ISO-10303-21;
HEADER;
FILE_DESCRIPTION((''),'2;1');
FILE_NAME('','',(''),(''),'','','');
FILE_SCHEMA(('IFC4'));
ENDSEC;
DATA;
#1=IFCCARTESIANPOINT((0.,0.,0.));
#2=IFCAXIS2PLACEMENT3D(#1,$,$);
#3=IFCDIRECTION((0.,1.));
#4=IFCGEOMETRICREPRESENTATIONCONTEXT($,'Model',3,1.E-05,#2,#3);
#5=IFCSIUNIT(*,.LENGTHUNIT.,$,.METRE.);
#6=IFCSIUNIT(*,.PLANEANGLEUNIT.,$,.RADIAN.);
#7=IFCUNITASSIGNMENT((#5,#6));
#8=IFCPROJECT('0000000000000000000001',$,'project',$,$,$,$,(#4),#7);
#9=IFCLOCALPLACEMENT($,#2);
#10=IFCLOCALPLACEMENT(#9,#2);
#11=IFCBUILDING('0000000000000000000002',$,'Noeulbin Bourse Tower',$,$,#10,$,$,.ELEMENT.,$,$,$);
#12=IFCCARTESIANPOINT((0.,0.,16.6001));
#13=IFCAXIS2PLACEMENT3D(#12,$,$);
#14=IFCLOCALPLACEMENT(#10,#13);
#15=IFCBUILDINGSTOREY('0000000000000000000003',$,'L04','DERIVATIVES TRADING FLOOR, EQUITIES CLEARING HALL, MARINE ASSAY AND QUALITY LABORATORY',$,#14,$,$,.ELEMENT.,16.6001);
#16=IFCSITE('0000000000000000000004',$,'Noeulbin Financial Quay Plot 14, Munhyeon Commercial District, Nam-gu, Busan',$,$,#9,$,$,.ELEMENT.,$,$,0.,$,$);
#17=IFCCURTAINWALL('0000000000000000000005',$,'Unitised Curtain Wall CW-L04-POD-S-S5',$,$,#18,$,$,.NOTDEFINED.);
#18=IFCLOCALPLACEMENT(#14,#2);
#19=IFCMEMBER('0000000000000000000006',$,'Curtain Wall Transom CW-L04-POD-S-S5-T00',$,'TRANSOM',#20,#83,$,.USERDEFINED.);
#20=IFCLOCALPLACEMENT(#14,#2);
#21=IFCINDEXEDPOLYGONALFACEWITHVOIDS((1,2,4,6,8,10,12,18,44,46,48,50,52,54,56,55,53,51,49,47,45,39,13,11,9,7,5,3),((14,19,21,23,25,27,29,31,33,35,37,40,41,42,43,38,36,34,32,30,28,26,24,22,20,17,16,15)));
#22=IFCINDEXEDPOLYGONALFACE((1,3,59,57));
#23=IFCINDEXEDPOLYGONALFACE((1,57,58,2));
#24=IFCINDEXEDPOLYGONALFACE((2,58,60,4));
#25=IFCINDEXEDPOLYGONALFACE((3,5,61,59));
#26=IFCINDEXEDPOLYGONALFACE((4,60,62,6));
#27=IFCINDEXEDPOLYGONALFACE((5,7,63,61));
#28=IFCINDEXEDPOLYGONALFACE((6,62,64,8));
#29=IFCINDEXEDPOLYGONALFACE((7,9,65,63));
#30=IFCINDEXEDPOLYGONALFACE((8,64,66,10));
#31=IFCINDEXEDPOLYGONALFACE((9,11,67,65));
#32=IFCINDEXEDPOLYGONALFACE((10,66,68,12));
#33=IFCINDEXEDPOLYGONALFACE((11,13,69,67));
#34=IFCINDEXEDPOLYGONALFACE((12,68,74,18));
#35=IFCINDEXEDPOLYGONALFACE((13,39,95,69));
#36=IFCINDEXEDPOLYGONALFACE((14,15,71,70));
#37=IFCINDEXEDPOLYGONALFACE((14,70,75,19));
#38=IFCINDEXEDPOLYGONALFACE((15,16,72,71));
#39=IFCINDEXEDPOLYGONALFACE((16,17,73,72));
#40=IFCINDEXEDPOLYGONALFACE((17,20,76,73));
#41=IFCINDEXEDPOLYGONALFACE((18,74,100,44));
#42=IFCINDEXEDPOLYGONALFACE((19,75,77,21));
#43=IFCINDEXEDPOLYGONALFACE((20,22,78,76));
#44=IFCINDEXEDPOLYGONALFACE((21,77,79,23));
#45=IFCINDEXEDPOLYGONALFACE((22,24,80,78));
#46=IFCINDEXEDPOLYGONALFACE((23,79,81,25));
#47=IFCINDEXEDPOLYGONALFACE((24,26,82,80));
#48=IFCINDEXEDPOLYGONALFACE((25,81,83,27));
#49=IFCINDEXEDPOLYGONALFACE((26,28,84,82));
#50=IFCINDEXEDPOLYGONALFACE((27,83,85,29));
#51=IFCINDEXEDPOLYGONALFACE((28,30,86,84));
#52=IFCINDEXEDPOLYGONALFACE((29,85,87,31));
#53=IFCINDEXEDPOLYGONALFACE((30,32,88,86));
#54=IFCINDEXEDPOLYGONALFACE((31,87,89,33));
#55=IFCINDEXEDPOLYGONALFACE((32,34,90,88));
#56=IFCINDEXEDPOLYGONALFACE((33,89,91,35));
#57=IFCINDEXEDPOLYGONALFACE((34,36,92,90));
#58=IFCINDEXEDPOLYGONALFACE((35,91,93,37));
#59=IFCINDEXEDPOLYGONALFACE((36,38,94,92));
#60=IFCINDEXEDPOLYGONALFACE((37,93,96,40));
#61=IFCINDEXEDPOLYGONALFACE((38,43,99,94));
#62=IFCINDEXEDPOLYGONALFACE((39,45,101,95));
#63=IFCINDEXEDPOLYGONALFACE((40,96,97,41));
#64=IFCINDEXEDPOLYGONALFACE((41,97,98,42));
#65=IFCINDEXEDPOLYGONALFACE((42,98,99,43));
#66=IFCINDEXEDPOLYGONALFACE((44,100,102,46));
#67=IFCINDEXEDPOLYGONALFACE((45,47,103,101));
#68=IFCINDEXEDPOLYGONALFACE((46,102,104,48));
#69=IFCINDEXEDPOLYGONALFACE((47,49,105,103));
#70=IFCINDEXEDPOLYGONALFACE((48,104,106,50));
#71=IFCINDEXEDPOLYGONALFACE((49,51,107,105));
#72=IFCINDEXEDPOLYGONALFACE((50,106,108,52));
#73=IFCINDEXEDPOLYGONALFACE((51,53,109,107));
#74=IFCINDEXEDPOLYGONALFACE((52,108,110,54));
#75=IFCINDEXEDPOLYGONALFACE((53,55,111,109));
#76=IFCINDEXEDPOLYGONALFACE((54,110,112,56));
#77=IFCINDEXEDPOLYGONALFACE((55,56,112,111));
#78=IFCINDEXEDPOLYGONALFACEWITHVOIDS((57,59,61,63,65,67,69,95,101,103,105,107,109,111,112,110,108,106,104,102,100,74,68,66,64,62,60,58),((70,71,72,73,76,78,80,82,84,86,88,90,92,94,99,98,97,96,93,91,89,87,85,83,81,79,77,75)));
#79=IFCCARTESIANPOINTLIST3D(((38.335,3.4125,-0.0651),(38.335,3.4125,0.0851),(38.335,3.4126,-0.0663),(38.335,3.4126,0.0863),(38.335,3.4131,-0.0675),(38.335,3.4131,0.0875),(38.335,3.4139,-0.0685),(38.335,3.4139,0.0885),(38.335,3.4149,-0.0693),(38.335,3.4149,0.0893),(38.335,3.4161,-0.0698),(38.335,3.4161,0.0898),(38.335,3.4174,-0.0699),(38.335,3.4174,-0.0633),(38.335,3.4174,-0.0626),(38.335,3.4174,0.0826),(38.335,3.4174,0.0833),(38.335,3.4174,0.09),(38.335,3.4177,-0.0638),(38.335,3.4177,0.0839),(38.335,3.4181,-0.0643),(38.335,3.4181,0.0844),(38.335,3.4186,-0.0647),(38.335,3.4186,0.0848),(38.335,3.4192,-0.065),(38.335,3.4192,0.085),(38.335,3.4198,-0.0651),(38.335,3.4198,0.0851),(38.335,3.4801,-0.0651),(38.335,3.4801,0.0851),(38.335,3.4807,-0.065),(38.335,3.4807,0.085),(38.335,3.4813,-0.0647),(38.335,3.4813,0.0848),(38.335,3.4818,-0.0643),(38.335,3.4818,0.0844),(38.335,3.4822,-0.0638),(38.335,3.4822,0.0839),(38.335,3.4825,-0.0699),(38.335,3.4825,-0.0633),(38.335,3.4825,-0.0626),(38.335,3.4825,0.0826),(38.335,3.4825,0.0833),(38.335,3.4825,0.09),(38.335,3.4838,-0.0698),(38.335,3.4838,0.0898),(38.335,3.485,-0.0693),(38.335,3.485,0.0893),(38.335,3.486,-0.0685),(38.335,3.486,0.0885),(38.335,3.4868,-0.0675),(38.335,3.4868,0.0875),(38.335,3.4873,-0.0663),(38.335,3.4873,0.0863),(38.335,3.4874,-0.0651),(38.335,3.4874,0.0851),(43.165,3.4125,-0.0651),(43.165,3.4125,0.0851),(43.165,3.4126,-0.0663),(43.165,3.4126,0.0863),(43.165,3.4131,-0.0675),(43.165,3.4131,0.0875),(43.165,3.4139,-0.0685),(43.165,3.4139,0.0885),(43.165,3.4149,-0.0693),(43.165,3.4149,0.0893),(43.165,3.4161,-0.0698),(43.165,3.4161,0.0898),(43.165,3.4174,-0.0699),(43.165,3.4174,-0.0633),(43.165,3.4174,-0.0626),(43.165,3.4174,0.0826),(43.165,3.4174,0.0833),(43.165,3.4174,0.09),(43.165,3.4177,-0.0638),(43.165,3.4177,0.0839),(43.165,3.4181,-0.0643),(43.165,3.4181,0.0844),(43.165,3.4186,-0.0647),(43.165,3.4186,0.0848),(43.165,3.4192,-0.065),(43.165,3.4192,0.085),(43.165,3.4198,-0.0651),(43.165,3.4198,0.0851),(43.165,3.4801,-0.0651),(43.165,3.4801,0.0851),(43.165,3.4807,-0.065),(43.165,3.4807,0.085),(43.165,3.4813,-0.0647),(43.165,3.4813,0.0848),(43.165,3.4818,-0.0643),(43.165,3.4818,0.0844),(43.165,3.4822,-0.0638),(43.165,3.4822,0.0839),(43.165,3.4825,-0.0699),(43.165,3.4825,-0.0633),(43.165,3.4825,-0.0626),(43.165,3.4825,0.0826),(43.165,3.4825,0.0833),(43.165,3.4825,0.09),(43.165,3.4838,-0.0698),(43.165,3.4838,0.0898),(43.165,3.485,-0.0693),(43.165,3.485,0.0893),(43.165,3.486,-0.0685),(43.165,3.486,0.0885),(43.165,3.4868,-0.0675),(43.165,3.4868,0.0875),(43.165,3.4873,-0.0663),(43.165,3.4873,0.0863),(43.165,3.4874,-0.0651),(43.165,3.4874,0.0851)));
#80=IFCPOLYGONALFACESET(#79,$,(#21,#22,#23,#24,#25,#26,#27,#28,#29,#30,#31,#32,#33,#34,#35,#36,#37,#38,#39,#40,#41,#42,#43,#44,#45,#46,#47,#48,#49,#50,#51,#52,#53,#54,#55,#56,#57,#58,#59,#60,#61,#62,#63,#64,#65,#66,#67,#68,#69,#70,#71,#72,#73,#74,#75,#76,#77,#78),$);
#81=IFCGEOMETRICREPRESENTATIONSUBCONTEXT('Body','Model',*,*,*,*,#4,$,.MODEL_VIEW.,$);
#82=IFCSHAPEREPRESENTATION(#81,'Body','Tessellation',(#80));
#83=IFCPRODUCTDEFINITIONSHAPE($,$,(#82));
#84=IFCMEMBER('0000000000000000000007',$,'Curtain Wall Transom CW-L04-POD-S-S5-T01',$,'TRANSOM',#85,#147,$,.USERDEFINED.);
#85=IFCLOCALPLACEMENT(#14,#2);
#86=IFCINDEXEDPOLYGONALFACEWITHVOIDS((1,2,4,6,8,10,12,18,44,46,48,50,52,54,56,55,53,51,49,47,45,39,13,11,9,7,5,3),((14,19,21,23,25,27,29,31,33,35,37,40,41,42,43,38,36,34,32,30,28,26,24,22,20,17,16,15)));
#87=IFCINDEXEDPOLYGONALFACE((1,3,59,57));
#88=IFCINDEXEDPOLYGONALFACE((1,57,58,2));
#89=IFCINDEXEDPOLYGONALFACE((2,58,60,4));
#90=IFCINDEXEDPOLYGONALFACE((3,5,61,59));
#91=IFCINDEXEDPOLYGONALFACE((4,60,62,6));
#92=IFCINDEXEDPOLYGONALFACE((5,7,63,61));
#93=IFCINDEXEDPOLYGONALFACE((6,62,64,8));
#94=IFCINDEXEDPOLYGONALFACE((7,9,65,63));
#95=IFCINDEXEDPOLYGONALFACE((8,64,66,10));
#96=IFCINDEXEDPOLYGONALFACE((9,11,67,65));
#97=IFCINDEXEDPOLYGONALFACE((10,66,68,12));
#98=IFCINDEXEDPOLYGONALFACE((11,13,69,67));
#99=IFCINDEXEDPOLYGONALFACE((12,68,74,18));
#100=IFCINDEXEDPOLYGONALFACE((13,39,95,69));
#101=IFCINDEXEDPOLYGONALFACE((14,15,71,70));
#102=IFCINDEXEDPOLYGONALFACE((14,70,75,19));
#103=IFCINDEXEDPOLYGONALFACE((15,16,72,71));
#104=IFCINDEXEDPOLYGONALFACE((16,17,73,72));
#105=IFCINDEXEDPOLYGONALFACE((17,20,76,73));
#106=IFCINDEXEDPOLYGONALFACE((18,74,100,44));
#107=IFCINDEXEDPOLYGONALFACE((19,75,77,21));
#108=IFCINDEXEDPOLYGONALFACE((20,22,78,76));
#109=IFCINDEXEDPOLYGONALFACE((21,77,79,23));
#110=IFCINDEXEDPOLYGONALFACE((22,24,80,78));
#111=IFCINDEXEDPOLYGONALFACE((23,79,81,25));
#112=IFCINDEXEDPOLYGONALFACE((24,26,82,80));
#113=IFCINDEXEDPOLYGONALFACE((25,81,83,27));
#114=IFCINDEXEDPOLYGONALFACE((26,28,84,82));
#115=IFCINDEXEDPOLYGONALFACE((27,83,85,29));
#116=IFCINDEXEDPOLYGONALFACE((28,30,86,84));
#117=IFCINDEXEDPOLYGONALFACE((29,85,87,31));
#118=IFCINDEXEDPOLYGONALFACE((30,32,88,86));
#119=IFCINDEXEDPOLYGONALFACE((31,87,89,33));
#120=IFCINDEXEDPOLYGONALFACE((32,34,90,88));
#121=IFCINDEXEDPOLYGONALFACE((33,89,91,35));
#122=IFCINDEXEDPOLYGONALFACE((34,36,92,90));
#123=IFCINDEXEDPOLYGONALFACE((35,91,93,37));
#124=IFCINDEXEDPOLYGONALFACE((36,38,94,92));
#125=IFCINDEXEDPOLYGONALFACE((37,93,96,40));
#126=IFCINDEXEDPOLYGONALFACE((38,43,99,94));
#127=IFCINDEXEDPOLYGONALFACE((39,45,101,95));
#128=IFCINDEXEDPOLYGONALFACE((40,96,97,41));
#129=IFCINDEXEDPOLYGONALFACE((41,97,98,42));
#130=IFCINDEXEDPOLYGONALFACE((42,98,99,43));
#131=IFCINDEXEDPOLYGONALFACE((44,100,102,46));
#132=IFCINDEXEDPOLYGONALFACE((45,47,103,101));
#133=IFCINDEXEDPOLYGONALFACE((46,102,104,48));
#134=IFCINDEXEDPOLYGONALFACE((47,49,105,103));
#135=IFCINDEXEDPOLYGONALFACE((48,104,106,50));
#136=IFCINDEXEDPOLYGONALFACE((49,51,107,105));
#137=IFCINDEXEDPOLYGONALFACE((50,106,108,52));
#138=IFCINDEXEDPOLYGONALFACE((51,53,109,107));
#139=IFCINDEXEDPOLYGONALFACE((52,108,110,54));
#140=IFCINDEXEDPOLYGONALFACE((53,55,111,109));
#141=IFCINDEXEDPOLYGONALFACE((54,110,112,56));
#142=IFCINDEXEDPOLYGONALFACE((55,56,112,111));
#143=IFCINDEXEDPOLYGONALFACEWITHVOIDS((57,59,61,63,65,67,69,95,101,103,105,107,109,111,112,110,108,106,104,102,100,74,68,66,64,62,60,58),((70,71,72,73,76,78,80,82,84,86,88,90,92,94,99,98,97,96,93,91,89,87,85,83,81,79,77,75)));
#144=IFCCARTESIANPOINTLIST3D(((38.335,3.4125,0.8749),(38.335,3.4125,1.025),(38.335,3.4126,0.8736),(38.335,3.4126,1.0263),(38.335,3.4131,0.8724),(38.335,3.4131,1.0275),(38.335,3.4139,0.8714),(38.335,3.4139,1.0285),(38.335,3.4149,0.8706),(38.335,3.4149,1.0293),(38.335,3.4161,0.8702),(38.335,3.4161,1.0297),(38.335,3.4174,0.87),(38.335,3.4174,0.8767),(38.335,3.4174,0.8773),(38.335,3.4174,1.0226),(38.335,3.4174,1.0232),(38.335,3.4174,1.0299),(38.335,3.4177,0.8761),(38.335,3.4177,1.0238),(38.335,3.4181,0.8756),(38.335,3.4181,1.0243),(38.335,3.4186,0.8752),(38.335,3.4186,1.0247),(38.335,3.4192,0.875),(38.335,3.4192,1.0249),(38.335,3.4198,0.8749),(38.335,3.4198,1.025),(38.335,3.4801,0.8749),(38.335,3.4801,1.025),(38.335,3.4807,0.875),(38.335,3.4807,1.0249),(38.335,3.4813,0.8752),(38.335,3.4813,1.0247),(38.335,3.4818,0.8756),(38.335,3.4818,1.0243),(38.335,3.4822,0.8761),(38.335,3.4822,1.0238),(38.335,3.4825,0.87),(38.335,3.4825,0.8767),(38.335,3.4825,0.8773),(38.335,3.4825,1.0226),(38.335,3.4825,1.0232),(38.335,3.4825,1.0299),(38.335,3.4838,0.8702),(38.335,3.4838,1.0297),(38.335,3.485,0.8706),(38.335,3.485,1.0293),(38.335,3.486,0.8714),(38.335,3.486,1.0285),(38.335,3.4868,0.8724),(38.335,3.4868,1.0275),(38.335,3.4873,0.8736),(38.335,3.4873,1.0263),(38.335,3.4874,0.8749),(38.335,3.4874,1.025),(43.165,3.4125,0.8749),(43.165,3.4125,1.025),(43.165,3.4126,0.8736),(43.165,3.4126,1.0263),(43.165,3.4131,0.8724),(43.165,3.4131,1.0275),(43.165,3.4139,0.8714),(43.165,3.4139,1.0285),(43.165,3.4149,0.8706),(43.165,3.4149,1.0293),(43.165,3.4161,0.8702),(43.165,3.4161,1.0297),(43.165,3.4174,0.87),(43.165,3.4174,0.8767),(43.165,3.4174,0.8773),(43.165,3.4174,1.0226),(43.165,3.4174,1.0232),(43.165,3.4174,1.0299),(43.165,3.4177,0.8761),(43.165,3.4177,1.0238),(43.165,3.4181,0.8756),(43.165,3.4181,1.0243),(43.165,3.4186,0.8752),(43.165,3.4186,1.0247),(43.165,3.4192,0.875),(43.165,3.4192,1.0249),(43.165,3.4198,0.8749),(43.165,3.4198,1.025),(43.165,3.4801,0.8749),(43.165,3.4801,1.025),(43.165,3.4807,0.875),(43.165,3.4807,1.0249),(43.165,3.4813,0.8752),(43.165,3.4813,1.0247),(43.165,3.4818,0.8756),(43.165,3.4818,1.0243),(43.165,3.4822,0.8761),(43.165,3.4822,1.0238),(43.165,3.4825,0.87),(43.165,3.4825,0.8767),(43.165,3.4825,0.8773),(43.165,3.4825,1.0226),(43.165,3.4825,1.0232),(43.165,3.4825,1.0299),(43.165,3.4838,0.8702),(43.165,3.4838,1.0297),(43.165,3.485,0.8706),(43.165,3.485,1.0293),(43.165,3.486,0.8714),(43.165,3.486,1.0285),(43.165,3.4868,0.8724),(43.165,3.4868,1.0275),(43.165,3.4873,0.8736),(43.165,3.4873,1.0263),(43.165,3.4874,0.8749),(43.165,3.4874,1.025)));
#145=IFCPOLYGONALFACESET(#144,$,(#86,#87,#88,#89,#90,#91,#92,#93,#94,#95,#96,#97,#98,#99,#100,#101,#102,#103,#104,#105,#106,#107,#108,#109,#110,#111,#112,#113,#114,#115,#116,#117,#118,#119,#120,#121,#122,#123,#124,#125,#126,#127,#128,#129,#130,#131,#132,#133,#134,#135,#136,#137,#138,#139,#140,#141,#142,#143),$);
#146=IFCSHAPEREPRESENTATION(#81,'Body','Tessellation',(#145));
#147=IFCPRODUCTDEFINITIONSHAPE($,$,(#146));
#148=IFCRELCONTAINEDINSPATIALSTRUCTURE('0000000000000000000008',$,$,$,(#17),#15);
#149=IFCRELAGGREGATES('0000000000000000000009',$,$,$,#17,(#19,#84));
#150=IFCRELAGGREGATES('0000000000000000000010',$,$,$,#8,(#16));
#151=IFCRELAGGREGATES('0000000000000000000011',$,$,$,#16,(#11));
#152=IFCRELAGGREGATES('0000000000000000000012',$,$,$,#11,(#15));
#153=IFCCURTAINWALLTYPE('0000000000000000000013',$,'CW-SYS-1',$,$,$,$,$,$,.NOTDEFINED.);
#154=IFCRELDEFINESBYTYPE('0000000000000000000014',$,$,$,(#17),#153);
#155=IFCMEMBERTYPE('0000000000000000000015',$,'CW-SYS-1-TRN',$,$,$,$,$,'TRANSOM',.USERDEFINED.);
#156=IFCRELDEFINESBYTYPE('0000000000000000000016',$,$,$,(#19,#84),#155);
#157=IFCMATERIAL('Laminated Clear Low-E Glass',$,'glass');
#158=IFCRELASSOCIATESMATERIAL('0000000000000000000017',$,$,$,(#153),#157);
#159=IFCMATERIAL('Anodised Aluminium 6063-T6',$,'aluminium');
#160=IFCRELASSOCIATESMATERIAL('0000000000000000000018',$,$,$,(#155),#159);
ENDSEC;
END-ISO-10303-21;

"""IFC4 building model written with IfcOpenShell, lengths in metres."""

from ifc_helpers import new_model, si_unit, direction, frame, origin, origin_2d, place, context, subcontext, project, spatial, hollow_rectangle, extrude, material, material_profile, profile_set, type_object, element, aggregate, save


model = new_model("IFC4")

# Units and contexts
model_context = context("Model", 3, precision=1e-05, world=origin(), true_north=direction((0.0, 1.0)))
body_context = subcontext(model_context, "Body", "Model", "MODEL_VIEW")
ifc_project = project(units=[si_unit("LENGTHUNIT", "METRE"), si_unit("PLANEANGLEUNIT", "RADIAN")], contexts=[model_context])

# Site, building, storey
site_placement = place(None, origin())
site = spatial("IfcSite", under=ifc_project, at=site_placement, Name="Noeulbin Financial Quay Plot 14, Munhyeon Commercial District, Nam-gu, Busan", CompositionType="ELEMENT", RefElevation=0.0)
building_placement = place(site_placement, origin())
building = spatial("IfcBuilding", under=site, at=building_placement, Name="Noeulbin Bourse Tower", CompositionType="ELEMENT")
storey_placement = place(building_placement, frame((0.0, 0.0, 16.6001)))
storey = spatial("IfcBuildingStorey", under=building, at=storey_placement, Name="L04", Description="DERIVATIVES TRADING FLOOR, EQUITIES CLEARING HALL, MARINE ASSAY AND QUALITY LABORATORY", CompositionType="ELEMENT", Elevation=16.6001)

# Shared definitions
ifc_material_1 = material(Name="Laminated Clear Low-E Glass", Category="glass")
curtain_wall_type = type_object("IfcCurtainWallType", Name="CW-SYS-1", PredefinedType="NOTDEFINED", material=ifc_material_1)
ifc_material_2 = material(Name="Anodised Aluminium 6063-T6", Category="aluminium")

# Curtain wall
curtain_wall_1_placement = place(storey_placement, origin())
curtain_wall_1 = element("IfcCurtainWall", 1, at=curtain_wall_1_placement, inside=storey, type_object=curtain_wall_type, Name="Unitised Curtain Wall CW-L04-POD-S-S5", PredefinedType="NOTDEFINED")

# Members
ifc_material_profile_1 = material_profile(ifc_material_2, hollow_rectangle(XDim=0.075, YDim=0.1599, WallThickness=0.0049, InnerFilletRadius=0.0024, OuterFilletRadius=0.0049, at=origin_2d()), Name="ALU-TRAN-75x160x5", Category="LoadBearing")
ifc_profile_set_1 = profile_set([ifc_material_profile_1], Name="Anodised Aluminium 6063-T6")
member_type_1 = type_object("IfcMemberType", Name="CW-SYS-1-TRN", ElementType="TRANSOM", PredefinedType="USERDEFINED", material=ifc_profile_set_1)
member_1_placement = place(storey_placement, frame((38.335, 3.45, 0.01), z_axis=(1.0, 0.0, 0.0), x_axis=(0.0, 1.0, 0.0)))
member_1 = element("IfcMember", 2, at=member_1_placement, type_object=member_type_1, Name="Curtain Wall Transom CW-L04-POD-S-S5-T00", ObjectType="TRANSOM", PredefinedType="USERDEFINED", context=body_context, shape_type="SweptSolid", body=[
    extrude(hollow_rectangle(XDim=0.075, YDim=0.1599, WallThickness=0.0049, InnerFilletRadius=0.0024, OuterFilletRadius=0.0049, at=origin_2d()), origin(), (0.0, 0.0, 1.0), 4.8301),
])
member_2_placement = place(storey_placement, frame((38.335, 3.45, 0.95), z_axis=(1.0, 0.0, 0.0), x_axis=(0.0, 1.0, 0.0)))
member_2 = element("IfcMember", 3, at=member_2_placement, type_object=member_type_1, Name="Curtain Wall Transom CW-L04-POD-S-S5-T01", ObjectType="TRANSOM", PredefinedType="USERDEFINED", context=body_context, shape_type="SweptSolid", body=[
    extrude(hollow_rectangle(XDim=0.075, YDim=0.1599, WallThickness=0.0049, InnerFilletRadius=0.0024, OuterFilletRadius=0.0049, at=origin_2d()), origin(), (0.0, 0.0, 1.0), 4.8301),
])
aggregate(curtain_wall_1, [member_1, member_2])

save(model, "model.ifc")
